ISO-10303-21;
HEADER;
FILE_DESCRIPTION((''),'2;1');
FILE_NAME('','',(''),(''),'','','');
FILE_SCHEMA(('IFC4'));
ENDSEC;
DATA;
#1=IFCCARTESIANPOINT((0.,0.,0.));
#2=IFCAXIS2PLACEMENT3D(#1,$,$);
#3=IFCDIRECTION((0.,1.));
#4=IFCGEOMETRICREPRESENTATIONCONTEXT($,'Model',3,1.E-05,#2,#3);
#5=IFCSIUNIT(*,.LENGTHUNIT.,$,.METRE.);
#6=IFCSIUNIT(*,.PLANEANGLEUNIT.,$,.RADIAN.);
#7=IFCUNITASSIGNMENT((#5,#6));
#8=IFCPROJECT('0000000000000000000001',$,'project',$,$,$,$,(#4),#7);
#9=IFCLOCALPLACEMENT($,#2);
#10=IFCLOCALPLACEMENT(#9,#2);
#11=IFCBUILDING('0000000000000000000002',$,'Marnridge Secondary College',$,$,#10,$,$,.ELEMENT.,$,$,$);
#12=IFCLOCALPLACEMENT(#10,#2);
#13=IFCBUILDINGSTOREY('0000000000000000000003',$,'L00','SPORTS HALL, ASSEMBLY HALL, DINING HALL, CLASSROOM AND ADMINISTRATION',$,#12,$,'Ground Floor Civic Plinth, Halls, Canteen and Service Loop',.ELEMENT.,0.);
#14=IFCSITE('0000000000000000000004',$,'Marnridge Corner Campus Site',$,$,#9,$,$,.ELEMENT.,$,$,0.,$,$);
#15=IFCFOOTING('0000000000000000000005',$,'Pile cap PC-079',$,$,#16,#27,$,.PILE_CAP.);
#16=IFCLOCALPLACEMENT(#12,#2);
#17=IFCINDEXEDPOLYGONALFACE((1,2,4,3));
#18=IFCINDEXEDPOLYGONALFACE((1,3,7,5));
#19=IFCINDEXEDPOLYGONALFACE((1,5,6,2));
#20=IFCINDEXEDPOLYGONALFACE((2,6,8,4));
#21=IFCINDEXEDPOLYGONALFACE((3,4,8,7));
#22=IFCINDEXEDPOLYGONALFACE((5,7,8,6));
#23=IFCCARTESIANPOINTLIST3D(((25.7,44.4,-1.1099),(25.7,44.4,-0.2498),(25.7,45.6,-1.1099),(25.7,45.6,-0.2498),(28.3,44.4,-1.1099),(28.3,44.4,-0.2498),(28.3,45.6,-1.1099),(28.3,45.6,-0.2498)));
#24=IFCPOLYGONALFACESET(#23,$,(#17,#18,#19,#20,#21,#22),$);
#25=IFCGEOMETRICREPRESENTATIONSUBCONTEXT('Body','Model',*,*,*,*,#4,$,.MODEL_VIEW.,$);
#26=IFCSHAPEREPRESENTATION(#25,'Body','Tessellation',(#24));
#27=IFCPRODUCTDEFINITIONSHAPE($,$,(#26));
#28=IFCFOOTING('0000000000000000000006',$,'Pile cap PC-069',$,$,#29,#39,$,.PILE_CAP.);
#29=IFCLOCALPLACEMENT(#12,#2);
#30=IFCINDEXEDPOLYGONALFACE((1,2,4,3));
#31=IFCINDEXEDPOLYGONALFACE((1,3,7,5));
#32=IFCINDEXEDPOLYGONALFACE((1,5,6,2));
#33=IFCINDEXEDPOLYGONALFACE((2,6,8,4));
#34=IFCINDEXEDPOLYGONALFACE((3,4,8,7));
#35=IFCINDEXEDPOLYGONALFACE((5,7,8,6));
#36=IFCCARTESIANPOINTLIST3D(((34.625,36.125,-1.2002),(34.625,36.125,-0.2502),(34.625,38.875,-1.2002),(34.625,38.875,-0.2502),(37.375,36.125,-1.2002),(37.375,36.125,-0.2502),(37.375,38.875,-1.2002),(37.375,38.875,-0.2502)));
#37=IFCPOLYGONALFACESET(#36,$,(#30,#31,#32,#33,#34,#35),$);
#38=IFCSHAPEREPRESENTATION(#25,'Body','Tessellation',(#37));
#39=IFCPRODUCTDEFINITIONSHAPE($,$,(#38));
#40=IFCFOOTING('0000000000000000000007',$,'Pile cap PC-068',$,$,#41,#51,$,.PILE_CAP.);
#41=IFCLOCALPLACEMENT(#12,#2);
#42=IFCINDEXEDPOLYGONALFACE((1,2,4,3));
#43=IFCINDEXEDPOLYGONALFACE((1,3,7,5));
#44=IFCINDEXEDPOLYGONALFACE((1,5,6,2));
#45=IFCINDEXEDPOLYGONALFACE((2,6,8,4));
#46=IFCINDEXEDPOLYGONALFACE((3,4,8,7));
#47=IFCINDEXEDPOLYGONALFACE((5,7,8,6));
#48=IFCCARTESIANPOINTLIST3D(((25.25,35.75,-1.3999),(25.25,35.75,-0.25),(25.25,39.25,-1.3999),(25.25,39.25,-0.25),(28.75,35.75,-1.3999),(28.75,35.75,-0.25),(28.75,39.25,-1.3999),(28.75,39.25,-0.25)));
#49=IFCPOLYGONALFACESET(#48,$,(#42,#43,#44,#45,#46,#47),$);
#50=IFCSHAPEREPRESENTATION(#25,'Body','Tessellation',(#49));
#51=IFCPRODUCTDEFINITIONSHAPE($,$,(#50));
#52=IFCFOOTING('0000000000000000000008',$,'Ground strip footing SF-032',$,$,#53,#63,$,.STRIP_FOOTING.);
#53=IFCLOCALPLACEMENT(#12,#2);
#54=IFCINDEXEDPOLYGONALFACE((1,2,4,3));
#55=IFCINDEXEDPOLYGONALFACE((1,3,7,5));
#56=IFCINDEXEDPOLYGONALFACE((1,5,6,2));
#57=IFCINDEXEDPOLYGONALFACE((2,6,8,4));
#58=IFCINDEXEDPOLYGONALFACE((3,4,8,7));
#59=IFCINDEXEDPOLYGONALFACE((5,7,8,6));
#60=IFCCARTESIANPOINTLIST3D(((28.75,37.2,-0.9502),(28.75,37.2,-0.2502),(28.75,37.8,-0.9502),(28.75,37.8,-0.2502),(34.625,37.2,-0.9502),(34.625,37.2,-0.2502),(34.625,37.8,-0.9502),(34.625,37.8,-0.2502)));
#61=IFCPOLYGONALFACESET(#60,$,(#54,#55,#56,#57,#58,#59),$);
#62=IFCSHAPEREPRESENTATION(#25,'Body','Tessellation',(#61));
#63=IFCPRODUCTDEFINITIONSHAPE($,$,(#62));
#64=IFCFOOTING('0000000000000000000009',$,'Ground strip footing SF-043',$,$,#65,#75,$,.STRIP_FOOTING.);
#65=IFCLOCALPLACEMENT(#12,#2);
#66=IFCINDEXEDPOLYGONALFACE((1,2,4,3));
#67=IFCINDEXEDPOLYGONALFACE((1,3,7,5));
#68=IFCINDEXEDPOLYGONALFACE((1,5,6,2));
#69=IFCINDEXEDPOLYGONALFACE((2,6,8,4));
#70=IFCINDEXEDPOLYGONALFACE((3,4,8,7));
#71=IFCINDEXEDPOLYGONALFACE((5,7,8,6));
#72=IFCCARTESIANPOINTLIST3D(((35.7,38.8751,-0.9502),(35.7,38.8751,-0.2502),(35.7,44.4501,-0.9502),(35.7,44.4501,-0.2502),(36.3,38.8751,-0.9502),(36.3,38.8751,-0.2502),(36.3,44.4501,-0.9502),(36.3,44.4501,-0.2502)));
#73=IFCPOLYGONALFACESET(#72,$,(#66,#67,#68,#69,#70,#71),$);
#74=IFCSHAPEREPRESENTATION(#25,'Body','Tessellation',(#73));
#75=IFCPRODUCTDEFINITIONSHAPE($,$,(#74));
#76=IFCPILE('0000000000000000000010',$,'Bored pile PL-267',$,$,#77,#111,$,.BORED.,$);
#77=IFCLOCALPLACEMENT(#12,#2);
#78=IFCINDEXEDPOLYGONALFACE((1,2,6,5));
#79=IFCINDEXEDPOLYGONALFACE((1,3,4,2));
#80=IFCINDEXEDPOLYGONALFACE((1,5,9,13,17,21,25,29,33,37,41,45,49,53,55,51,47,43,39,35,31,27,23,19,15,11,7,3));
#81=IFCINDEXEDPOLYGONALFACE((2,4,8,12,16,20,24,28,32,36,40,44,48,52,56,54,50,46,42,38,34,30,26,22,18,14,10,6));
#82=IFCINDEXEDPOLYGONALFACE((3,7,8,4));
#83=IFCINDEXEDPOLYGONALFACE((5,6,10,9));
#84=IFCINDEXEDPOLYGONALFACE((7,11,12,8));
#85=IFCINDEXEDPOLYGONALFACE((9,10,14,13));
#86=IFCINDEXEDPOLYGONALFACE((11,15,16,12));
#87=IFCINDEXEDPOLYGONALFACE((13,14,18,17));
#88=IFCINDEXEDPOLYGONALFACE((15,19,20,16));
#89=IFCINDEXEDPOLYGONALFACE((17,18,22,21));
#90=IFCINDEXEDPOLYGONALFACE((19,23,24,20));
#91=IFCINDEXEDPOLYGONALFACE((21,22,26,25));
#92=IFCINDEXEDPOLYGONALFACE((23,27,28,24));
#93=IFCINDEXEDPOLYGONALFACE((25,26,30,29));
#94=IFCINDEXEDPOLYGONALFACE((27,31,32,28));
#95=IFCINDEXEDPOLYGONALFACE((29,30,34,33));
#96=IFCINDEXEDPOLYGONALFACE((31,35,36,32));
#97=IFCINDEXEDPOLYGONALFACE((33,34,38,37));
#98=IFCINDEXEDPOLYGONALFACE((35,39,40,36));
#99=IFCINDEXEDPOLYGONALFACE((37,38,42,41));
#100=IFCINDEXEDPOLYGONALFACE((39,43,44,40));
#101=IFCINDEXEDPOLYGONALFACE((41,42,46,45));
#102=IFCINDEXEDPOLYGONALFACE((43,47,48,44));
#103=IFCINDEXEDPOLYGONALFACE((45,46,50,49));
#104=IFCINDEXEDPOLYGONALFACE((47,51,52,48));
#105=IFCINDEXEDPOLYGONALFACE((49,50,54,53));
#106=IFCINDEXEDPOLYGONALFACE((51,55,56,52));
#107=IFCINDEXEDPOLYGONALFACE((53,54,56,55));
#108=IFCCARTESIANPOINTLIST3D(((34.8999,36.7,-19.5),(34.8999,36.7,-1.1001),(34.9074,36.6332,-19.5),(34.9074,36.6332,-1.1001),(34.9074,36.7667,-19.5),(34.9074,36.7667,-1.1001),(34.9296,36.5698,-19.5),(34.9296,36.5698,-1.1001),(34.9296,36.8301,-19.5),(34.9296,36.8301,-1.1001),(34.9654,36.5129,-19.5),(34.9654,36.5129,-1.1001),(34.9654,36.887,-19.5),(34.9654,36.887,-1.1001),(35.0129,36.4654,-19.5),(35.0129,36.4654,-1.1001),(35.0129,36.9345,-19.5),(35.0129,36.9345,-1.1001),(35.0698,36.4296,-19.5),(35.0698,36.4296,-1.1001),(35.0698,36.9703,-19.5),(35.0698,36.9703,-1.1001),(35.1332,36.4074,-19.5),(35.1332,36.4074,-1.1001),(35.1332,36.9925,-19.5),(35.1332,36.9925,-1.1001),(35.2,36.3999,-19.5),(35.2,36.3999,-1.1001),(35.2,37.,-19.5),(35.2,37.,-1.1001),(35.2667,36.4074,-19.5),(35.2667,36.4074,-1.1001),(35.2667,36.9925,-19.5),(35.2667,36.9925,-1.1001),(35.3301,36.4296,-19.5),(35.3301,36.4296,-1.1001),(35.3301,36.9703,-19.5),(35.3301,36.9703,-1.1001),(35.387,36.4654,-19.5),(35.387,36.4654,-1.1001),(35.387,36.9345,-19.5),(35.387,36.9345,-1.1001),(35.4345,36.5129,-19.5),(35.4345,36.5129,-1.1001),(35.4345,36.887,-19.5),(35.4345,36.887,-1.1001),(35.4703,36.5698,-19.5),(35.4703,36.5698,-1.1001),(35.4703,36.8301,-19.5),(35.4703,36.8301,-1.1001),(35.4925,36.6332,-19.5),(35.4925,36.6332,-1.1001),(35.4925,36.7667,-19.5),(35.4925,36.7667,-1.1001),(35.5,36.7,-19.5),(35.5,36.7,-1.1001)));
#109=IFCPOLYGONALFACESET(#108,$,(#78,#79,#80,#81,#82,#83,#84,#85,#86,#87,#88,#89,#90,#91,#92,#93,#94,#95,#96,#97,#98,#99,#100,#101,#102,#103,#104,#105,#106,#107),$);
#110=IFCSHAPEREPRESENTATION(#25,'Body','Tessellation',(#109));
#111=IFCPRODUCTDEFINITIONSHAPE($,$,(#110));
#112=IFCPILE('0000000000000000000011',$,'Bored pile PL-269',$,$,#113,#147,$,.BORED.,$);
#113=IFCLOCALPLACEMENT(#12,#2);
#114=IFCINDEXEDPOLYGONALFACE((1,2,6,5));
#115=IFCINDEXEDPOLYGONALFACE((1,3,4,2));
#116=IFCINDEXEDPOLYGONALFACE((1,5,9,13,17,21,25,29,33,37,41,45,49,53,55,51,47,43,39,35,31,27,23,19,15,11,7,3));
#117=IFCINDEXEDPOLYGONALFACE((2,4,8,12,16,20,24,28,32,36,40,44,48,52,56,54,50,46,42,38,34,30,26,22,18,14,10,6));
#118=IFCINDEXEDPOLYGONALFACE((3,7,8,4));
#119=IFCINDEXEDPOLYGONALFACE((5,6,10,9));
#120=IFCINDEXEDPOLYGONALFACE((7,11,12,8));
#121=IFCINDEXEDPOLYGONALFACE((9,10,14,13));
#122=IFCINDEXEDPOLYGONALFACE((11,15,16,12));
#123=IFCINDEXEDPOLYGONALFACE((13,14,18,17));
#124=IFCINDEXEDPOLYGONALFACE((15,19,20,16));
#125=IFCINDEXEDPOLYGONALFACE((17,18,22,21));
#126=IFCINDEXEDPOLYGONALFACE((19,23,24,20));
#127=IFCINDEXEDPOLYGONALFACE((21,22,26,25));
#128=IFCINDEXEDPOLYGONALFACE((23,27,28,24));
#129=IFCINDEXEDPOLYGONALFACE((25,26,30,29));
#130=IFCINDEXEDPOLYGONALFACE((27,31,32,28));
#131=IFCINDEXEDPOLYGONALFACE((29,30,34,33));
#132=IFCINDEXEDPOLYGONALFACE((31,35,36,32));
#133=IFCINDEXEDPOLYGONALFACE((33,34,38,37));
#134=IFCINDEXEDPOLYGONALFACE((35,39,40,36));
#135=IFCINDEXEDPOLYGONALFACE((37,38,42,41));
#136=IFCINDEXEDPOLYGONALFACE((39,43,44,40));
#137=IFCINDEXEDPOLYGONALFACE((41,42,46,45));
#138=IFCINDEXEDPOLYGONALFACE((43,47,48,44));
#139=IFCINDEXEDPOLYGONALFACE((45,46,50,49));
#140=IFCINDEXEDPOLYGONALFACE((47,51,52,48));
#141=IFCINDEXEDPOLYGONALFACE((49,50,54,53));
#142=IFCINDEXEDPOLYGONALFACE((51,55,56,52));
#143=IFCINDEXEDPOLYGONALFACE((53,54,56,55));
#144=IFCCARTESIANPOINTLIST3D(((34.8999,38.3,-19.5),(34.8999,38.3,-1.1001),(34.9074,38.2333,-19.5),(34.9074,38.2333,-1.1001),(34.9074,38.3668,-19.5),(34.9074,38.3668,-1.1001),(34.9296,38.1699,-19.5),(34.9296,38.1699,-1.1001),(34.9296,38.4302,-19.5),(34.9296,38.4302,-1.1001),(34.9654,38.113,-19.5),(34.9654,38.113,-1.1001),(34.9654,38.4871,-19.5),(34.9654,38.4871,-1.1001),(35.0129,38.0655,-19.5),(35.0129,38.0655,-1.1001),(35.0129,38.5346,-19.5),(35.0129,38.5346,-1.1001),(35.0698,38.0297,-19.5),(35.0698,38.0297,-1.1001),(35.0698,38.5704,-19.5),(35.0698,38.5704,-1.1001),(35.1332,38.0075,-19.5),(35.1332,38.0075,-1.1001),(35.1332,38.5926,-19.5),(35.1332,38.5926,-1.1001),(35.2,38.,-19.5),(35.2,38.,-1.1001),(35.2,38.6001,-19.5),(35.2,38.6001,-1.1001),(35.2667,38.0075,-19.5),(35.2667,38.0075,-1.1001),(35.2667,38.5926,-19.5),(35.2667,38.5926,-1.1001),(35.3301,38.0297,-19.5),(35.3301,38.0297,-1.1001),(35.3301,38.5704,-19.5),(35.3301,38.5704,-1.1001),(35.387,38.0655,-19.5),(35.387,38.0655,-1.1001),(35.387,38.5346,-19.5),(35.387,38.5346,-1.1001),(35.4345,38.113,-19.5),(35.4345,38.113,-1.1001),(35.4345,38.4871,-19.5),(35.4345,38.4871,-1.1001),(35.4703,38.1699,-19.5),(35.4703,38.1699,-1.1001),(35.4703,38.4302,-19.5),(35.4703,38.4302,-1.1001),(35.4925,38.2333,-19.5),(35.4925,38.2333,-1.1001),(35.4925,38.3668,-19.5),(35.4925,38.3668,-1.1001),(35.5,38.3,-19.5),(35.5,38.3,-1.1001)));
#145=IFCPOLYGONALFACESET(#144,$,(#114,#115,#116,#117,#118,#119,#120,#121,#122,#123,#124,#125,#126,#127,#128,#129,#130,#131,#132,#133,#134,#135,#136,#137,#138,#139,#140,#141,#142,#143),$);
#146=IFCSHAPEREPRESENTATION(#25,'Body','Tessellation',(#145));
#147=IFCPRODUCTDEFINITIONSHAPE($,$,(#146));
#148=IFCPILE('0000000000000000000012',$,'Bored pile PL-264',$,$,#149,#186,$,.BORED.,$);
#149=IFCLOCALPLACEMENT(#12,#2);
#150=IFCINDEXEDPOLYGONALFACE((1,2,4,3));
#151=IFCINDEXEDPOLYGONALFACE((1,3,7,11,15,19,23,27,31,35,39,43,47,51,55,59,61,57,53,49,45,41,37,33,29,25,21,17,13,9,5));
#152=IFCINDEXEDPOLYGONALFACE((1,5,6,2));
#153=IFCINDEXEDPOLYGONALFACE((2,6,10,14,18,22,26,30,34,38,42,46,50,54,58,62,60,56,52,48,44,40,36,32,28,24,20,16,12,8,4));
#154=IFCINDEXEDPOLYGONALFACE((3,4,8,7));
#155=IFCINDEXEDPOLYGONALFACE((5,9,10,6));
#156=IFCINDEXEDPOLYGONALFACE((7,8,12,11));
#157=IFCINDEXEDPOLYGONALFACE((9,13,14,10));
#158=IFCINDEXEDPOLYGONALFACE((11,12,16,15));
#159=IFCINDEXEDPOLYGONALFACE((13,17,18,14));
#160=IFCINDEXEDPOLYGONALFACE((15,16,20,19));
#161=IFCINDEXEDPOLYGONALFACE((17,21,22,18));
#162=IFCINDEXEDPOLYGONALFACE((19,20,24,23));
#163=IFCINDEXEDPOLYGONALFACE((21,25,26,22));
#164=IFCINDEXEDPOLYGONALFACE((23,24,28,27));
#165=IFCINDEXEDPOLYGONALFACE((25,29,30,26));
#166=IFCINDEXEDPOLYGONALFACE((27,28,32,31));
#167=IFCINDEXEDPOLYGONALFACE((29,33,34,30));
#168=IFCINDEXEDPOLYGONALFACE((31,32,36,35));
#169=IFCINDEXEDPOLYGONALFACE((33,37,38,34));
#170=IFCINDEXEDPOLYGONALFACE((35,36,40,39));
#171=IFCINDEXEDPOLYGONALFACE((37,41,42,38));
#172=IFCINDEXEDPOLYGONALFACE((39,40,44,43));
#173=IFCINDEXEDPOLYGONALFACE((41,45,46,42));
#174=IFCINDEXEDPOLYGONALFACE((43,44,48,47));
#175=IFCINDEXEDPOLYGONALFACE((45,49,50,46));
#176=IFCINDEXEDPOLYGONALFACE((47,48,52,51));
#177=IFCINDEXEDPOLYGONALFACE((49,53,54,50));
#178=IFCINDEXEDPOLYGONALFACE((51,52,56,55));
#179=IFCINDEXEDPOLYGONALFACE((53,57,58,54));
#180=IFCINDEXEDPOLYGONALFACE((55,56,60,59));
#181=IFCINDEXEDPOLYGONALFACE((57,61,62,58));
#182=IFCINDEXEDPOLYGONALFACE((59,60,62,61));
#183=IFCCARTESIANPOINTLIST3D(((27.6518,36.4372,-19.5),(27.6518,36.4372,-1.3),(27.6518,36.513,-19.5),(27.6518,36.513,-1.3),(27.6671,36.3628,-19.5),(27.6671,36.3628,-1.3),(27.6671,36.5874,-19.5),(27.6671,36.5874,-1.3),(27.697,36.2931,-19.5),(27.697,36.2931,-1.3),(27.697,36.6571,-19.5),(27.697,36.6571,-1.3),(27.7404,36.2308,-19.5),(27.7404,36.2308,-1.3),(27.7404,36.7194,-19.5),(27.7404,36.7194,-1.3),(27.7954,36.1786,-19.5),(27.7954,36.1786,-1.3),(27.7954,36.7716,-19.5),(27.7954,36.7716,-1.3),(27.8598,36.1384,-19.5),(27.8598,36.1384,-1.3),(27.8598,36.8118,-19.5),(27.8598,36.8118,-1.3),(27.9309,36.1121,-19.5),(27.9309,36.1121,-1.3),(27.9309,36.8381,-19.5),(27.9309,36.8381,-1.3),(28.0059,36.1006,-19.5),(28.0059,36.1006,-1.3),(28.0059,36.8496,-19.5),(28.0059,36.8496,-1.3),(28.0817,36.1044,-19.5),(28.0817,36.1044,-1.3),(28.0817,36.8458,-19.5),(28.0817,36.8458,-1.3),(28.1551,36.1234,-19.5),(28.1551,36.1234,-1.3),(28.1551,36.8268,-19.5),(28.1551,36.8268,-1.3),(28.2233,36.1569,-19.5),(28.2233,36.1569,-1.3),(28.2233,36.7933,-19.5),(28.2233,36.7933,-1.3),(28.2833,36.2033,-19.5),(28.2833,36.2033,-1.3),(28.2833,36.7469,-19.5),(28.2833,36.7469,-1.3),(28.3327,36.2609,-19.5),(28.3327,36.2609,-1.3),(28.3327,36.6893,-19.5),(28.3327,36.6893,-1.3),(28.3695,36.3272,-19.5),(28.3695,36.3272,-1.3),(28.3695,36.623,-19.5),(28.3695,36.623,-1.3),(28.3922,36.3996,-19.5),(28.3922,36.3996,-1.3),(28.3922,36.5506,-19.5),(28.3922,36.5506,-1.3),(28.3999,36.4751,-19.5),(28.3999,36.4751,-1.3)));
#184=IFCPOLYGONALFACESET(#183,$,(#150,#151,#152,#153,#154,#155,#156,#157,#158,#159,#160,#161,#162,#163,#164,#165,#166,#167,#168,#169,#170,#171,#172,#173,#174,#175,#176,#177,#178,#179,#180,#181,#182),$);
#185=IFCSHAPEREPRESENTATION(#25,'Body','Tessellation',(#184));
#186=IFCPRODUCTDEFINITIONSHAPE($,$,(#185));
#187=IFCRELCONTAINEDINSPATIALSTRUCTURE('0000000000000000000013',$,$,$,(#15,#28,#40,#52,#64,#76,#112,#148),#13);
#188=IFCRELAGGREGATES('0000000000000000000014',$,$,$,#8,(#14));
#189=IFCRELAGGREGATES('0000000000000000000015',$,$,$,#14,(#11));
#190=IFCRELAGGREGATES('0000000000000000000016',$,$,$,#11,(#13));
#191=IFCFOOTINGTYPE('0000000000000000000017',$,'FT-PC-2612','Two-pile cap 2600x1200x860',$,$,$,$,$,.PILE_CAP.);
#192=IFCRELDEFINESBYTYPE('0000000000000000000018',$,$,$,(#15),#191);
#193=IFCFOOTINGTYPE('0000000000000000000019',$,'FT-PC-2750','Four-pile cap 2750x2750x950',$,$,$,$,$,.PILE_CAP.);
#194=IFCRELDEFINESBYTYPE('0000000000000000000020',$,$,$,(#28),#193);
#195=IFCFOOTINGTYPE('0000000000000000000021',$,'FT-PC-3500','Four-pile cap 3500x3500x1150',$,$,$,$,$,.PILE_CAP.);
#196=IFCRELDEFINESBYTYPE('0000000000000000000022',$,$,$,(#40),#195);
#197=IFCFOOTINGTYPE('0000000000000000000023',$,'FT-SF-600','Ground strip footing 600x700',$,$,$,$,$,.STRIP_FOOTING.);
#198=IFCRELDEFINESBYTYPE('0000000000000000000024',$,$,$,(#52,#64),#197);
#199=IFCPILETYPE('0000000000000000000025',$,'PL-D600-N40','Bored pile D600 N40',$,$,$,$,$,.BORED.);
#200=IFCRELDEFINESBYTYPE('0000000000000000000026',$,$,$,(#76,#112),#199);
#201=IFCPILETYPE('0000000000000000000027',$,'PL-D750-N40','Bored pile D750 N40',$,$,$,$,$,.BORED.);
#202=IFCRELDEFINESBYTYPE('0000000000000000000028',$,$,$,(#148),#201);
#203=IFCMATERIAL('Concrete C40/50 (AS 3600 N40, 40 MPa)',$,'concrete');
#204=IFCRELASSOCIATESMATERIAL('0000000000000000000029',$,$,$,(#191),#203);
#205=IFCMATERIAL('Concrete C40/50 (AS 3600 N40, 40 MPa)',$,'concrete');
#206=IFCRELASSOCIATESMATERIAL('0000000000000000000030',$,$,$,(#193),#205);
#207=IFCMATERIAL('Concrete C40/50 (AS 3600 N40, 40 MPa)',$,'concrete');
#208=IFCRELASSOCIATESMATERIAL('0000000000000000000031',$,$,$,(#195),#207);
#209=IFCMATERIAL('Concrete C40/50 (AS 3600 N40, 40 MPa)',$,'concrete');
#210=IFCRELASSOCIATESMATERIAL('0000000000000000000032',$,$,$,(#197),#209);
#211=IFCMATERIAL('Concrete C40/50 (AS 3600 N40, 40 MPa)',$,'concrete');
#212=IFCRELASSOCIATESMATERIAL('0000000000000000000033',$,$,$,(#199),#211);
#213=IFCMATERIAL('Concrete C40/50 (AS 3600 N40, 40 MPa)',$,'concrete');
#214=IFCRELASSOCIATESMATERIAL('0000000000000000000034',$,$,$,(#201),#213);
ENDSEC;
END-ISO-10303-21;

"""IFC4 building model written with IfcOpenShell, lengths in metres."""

from ifc_helpers import new_model, si_unit, direction, frame, origin, origin_2d, place, context, subcontext, project, spatial, rectangle, circle, extrude, material, material_profile, profile_set, type_object, element, save


model = new_model("IFC4")

# Units and contexts
model_context = context("Model", 3, precision=1e-05, world=origin(), true_north=direction((0.0, 1.0)))
body_context = subcontext(model_context, "Body", "Model", "MODEL_VIEW")
ifc_project = project(units=[si_unit("LENGTHUNIT", "METRE"), si_unit("PLANEANGLEUNIT", "RADIAN")], contexts=[model_context])

# Site, building, storey
site_placement = place(None, origin())
site = spatial("IfcSite", under=ifc_project, at=site_placement, Name="Marnridge Corner Campus Site", CompositionType="ELEMENT", RefElevation=0.0)
building_placement = place(site_placement, origin())
building = spatial("IfcBuilding", under=site, at=building_placement, Name="Marnridge Secondary College", CompositionType="ELEMENT")
storey_placement = place(building_placement, origin())
storey = spatial("IfcBuildingStorey", under=building, at=storey_placement, Name="L00", Description="SPORTS HALL, ASSEMBLY HALL, DINING HALL, CLASSROOM AND ADMINISTRATION", LongName="Ground Floor Civic Plinth, Halls, Canteen and Service Loop", CompositionType="ELEMENT", Elevation=0.0)

# Footings
ifc_material_1 = material(Name="Concrete C40/50 (AS 3600 N40, 40 MPa)", Category="concrete")
footing_type_1 = type_object("IfcFootingType", Name="FT-PC-2612", Description="Two-pile cap 2600x1200x860", PredefinedType="PILE_CAP", material=ifc_material_1)
footing_1_placement = place(storey_placement, frame((27.0, 45.0, -1.1099), z_axis=(0.0, 0.0, 1.0), x_axis=(1.0, 0.0, 0.0)))
element("IfcFooting", 1, at=footing_1_placement, inside=storey, type_object=footing_type_1, Name="Pile cap PC-079", PredefinedType="PILE_CAP", context=body_context, shape_type="SweptSolid", body=[
    extrude(rectangle(XDim=2.6001, YDim=1.2, at=origin_2d()), origin(), (0.0, 0.0, 1.0), 0.8601),
])
ifc_material_2 = material(Name="Concrete C40/50 (AS 3600 N40, 40 MPa)", Category="concrete")
footing_type_2 = type_object("IfcFootingType", Name="FT-PC-2750", Description="Four-pile cap 2750x2750x950", PredefinedType="PILE_CAP", material=ifc_material_2)
footing_2_placement = place(storey_placement, frame((36.0, 37.5, -1.2002), z_axis=(0.0, 0.0, 1.0), x_axis=(1.0, 0.0, 0.0)))
element("IfcFooting", 2, at=footing_2_placement, inside=storey, type_object=footing_type_2, Name="Pile cap PC-069", PredefinedType="PILE_CAP", context=body_context, shape_type="SweptSolid", body=[
    extrude(rectangle(XDim=2.75, YDim=2.75, at=origin_2d()), origin(), (0.0, 0.0, 1.0), 0.95),
])
ifc_material_3 = material(Name="Concrete C40/50 (AS 3600 N40, 40 MPa)", Category="concrete")
footing_type_3 = type_object("IfcFootingType", Name="FT-PC-3500", Description="Four-pile cap 3500x3500x1150", PredefinedType="PILE_CAP", material=ifc_material_3)
footing_3_placement = place(storey_placement, frame((27.0, 37.5, -1.3999), z_axis=(0.0, 0.0, 1.0), x_axis=(1.0, 0.0, 0.0)))
element("IfcFooting", 3, at=footing_3_placement, inside=storey, type_object=footing_type_3, Name="Pile cap PC-068", PredefinedType="PILE_CAP", context=body_context, shape_type="SweptSolid", body=[
    extrude(rectangle(XDim=3.5, YDim=3.5, at=origin_2d()), origin(), (0.0, 0.0, 1.0), 1.1499),
])
ifc_material_4 = material(Name="Concrete C40/50 (AS 3600 N40, 40 MPa)", Category="concrete")
footing_type_4 = type_object("IfcFootingType", Name="FT-SF-600", Description="Ground strip footing 600x700", PredefinedType="STRIP_FOOTING", material=ifc_material_4)
footing_4_placement = place(storey_placement, frame((31.6875, 37.5, -0.9502), z_axis=(0.0, 0.0, 1.0), x_axis=(1.0, 0.0, 0.0)))
element("IfcFooting", 4, at=footing_4_placement, inside=storey, type_object=footing_type_4, Name="Ground strip footing SF-032", PredefinedType="STRIP_FOOTING", context=body_context, shape_type="SweptSolid", body=[
    extrude(rectangle(XDim=5.875, YDim=0.6001, at=origin_2d()), origin(), (0.0, 0.0, 1.0), 0.7),
])
footing_5_placement = place(storey_placement, frame((36.0, 41.6626, -0.9502), z_axis=(0.0, 0.0, 1.0), x_axis=(1.0, 0.0, 0.0)))
element("IfcFooting", 5, at=footing_5_placement, inside=storey, type_object=footing_type_4, Name="Ground strip footing SF-043", PredefinedType="STRIP_FOOTING", context=body_context, shape_type="SweptSolid", body=[
    extrude(rectangle(XDim=0.6001, YDim=5.575, at=origin_2d()), origin(), (0.0, 0.0, 1.0), 0.7),
])

# Piles
ifc_material_5 = material(Name="Concrete C40/50 (AS 3600 N40, 40 MPa)", Category="concrete")
ifc_material_profile_1 = material_profile(ifc_material_5, circle(Radius=0.3, at=origin_2d()), Name="PILE D600")
ifc_profile_set_1 = profile_set([ifc_material_profile_1], Name="Concrete C40/50 (AS 3600 N40, 40 MPa)")
pile_type_1 = type_object("IfcPileType", Name="PL-D600-N40", Description="Bored pile D600 N40", PredefinedType="BORED", material=ifc_profile_set_1)
for number, where, z_axis, x_axis, name in (
    (6, (35.2, 36.7, -1.1001), (0.0, 0.0, -1.0), (1.0, 0.0, 0.0), "Bored pile PL-267"),
    (7, (35.2, 38.3, -1.1001), (0.0, 0.0, -1.0), (1.0, 0.0, 0.0), "Bored pile PL-269"),
):
    element("IfcPile", number, at=place(storey_placement, frame(where, z_axis=z_axis, x_axis=x_axis)), inside=storey, type_object=pile_type_1, Name=name, PredefinedType="BORED", context=body_context, shape_type="SweptSolid", body=[
        extrude(circle(Radius=0.3, at=origin_2d()), origin(), (0.0, 0.0, 1.0), 18.3999),
    ])
ifc_material_6 = material(Name="Concrete C40/50 (AS 3600 N40, 40 MPa)", Category="concrete")
ifc_material_profile_2 = material_profile(ifc_material_6, circle(Radius=0.375, at=origin_2d()), Name="PILE D750")
ifc_profile_set_2 = profile_set([ifc_material_profile_2], Name="Concrete C40/50 (AS 3600 N40, 40 MPa)")
pile_type_2 = type_object("IfcPileType", Name="PL-D750-N40", Description="Bored pile D750 N40", PredefinedType="BORED", material=ifc_profile_set_2)
for number, where, z_axis, x_axis, name in (
    (8, (28.0249, 36.4751, -1.3), (0.0, 0.0, -1.0), (1.0, 0.0, 0.0), "Bored pile PL-264"),
):
    element("IfcPile", number, at=place(storey_placement, frame(where, z_axis=z_axis, x_axis=x_axis)), inside=storey, type_object=pile_type_2, Name=name, PredefinedType="BORED", context=body_context, shape_type="SweptSolid", body=[
        extrude(circle(Radius=0.375, at=origin_2d()), origin(), (0.0, 0.0, 1.0), 18.2),
    ])

save(model, "model.ifc")
